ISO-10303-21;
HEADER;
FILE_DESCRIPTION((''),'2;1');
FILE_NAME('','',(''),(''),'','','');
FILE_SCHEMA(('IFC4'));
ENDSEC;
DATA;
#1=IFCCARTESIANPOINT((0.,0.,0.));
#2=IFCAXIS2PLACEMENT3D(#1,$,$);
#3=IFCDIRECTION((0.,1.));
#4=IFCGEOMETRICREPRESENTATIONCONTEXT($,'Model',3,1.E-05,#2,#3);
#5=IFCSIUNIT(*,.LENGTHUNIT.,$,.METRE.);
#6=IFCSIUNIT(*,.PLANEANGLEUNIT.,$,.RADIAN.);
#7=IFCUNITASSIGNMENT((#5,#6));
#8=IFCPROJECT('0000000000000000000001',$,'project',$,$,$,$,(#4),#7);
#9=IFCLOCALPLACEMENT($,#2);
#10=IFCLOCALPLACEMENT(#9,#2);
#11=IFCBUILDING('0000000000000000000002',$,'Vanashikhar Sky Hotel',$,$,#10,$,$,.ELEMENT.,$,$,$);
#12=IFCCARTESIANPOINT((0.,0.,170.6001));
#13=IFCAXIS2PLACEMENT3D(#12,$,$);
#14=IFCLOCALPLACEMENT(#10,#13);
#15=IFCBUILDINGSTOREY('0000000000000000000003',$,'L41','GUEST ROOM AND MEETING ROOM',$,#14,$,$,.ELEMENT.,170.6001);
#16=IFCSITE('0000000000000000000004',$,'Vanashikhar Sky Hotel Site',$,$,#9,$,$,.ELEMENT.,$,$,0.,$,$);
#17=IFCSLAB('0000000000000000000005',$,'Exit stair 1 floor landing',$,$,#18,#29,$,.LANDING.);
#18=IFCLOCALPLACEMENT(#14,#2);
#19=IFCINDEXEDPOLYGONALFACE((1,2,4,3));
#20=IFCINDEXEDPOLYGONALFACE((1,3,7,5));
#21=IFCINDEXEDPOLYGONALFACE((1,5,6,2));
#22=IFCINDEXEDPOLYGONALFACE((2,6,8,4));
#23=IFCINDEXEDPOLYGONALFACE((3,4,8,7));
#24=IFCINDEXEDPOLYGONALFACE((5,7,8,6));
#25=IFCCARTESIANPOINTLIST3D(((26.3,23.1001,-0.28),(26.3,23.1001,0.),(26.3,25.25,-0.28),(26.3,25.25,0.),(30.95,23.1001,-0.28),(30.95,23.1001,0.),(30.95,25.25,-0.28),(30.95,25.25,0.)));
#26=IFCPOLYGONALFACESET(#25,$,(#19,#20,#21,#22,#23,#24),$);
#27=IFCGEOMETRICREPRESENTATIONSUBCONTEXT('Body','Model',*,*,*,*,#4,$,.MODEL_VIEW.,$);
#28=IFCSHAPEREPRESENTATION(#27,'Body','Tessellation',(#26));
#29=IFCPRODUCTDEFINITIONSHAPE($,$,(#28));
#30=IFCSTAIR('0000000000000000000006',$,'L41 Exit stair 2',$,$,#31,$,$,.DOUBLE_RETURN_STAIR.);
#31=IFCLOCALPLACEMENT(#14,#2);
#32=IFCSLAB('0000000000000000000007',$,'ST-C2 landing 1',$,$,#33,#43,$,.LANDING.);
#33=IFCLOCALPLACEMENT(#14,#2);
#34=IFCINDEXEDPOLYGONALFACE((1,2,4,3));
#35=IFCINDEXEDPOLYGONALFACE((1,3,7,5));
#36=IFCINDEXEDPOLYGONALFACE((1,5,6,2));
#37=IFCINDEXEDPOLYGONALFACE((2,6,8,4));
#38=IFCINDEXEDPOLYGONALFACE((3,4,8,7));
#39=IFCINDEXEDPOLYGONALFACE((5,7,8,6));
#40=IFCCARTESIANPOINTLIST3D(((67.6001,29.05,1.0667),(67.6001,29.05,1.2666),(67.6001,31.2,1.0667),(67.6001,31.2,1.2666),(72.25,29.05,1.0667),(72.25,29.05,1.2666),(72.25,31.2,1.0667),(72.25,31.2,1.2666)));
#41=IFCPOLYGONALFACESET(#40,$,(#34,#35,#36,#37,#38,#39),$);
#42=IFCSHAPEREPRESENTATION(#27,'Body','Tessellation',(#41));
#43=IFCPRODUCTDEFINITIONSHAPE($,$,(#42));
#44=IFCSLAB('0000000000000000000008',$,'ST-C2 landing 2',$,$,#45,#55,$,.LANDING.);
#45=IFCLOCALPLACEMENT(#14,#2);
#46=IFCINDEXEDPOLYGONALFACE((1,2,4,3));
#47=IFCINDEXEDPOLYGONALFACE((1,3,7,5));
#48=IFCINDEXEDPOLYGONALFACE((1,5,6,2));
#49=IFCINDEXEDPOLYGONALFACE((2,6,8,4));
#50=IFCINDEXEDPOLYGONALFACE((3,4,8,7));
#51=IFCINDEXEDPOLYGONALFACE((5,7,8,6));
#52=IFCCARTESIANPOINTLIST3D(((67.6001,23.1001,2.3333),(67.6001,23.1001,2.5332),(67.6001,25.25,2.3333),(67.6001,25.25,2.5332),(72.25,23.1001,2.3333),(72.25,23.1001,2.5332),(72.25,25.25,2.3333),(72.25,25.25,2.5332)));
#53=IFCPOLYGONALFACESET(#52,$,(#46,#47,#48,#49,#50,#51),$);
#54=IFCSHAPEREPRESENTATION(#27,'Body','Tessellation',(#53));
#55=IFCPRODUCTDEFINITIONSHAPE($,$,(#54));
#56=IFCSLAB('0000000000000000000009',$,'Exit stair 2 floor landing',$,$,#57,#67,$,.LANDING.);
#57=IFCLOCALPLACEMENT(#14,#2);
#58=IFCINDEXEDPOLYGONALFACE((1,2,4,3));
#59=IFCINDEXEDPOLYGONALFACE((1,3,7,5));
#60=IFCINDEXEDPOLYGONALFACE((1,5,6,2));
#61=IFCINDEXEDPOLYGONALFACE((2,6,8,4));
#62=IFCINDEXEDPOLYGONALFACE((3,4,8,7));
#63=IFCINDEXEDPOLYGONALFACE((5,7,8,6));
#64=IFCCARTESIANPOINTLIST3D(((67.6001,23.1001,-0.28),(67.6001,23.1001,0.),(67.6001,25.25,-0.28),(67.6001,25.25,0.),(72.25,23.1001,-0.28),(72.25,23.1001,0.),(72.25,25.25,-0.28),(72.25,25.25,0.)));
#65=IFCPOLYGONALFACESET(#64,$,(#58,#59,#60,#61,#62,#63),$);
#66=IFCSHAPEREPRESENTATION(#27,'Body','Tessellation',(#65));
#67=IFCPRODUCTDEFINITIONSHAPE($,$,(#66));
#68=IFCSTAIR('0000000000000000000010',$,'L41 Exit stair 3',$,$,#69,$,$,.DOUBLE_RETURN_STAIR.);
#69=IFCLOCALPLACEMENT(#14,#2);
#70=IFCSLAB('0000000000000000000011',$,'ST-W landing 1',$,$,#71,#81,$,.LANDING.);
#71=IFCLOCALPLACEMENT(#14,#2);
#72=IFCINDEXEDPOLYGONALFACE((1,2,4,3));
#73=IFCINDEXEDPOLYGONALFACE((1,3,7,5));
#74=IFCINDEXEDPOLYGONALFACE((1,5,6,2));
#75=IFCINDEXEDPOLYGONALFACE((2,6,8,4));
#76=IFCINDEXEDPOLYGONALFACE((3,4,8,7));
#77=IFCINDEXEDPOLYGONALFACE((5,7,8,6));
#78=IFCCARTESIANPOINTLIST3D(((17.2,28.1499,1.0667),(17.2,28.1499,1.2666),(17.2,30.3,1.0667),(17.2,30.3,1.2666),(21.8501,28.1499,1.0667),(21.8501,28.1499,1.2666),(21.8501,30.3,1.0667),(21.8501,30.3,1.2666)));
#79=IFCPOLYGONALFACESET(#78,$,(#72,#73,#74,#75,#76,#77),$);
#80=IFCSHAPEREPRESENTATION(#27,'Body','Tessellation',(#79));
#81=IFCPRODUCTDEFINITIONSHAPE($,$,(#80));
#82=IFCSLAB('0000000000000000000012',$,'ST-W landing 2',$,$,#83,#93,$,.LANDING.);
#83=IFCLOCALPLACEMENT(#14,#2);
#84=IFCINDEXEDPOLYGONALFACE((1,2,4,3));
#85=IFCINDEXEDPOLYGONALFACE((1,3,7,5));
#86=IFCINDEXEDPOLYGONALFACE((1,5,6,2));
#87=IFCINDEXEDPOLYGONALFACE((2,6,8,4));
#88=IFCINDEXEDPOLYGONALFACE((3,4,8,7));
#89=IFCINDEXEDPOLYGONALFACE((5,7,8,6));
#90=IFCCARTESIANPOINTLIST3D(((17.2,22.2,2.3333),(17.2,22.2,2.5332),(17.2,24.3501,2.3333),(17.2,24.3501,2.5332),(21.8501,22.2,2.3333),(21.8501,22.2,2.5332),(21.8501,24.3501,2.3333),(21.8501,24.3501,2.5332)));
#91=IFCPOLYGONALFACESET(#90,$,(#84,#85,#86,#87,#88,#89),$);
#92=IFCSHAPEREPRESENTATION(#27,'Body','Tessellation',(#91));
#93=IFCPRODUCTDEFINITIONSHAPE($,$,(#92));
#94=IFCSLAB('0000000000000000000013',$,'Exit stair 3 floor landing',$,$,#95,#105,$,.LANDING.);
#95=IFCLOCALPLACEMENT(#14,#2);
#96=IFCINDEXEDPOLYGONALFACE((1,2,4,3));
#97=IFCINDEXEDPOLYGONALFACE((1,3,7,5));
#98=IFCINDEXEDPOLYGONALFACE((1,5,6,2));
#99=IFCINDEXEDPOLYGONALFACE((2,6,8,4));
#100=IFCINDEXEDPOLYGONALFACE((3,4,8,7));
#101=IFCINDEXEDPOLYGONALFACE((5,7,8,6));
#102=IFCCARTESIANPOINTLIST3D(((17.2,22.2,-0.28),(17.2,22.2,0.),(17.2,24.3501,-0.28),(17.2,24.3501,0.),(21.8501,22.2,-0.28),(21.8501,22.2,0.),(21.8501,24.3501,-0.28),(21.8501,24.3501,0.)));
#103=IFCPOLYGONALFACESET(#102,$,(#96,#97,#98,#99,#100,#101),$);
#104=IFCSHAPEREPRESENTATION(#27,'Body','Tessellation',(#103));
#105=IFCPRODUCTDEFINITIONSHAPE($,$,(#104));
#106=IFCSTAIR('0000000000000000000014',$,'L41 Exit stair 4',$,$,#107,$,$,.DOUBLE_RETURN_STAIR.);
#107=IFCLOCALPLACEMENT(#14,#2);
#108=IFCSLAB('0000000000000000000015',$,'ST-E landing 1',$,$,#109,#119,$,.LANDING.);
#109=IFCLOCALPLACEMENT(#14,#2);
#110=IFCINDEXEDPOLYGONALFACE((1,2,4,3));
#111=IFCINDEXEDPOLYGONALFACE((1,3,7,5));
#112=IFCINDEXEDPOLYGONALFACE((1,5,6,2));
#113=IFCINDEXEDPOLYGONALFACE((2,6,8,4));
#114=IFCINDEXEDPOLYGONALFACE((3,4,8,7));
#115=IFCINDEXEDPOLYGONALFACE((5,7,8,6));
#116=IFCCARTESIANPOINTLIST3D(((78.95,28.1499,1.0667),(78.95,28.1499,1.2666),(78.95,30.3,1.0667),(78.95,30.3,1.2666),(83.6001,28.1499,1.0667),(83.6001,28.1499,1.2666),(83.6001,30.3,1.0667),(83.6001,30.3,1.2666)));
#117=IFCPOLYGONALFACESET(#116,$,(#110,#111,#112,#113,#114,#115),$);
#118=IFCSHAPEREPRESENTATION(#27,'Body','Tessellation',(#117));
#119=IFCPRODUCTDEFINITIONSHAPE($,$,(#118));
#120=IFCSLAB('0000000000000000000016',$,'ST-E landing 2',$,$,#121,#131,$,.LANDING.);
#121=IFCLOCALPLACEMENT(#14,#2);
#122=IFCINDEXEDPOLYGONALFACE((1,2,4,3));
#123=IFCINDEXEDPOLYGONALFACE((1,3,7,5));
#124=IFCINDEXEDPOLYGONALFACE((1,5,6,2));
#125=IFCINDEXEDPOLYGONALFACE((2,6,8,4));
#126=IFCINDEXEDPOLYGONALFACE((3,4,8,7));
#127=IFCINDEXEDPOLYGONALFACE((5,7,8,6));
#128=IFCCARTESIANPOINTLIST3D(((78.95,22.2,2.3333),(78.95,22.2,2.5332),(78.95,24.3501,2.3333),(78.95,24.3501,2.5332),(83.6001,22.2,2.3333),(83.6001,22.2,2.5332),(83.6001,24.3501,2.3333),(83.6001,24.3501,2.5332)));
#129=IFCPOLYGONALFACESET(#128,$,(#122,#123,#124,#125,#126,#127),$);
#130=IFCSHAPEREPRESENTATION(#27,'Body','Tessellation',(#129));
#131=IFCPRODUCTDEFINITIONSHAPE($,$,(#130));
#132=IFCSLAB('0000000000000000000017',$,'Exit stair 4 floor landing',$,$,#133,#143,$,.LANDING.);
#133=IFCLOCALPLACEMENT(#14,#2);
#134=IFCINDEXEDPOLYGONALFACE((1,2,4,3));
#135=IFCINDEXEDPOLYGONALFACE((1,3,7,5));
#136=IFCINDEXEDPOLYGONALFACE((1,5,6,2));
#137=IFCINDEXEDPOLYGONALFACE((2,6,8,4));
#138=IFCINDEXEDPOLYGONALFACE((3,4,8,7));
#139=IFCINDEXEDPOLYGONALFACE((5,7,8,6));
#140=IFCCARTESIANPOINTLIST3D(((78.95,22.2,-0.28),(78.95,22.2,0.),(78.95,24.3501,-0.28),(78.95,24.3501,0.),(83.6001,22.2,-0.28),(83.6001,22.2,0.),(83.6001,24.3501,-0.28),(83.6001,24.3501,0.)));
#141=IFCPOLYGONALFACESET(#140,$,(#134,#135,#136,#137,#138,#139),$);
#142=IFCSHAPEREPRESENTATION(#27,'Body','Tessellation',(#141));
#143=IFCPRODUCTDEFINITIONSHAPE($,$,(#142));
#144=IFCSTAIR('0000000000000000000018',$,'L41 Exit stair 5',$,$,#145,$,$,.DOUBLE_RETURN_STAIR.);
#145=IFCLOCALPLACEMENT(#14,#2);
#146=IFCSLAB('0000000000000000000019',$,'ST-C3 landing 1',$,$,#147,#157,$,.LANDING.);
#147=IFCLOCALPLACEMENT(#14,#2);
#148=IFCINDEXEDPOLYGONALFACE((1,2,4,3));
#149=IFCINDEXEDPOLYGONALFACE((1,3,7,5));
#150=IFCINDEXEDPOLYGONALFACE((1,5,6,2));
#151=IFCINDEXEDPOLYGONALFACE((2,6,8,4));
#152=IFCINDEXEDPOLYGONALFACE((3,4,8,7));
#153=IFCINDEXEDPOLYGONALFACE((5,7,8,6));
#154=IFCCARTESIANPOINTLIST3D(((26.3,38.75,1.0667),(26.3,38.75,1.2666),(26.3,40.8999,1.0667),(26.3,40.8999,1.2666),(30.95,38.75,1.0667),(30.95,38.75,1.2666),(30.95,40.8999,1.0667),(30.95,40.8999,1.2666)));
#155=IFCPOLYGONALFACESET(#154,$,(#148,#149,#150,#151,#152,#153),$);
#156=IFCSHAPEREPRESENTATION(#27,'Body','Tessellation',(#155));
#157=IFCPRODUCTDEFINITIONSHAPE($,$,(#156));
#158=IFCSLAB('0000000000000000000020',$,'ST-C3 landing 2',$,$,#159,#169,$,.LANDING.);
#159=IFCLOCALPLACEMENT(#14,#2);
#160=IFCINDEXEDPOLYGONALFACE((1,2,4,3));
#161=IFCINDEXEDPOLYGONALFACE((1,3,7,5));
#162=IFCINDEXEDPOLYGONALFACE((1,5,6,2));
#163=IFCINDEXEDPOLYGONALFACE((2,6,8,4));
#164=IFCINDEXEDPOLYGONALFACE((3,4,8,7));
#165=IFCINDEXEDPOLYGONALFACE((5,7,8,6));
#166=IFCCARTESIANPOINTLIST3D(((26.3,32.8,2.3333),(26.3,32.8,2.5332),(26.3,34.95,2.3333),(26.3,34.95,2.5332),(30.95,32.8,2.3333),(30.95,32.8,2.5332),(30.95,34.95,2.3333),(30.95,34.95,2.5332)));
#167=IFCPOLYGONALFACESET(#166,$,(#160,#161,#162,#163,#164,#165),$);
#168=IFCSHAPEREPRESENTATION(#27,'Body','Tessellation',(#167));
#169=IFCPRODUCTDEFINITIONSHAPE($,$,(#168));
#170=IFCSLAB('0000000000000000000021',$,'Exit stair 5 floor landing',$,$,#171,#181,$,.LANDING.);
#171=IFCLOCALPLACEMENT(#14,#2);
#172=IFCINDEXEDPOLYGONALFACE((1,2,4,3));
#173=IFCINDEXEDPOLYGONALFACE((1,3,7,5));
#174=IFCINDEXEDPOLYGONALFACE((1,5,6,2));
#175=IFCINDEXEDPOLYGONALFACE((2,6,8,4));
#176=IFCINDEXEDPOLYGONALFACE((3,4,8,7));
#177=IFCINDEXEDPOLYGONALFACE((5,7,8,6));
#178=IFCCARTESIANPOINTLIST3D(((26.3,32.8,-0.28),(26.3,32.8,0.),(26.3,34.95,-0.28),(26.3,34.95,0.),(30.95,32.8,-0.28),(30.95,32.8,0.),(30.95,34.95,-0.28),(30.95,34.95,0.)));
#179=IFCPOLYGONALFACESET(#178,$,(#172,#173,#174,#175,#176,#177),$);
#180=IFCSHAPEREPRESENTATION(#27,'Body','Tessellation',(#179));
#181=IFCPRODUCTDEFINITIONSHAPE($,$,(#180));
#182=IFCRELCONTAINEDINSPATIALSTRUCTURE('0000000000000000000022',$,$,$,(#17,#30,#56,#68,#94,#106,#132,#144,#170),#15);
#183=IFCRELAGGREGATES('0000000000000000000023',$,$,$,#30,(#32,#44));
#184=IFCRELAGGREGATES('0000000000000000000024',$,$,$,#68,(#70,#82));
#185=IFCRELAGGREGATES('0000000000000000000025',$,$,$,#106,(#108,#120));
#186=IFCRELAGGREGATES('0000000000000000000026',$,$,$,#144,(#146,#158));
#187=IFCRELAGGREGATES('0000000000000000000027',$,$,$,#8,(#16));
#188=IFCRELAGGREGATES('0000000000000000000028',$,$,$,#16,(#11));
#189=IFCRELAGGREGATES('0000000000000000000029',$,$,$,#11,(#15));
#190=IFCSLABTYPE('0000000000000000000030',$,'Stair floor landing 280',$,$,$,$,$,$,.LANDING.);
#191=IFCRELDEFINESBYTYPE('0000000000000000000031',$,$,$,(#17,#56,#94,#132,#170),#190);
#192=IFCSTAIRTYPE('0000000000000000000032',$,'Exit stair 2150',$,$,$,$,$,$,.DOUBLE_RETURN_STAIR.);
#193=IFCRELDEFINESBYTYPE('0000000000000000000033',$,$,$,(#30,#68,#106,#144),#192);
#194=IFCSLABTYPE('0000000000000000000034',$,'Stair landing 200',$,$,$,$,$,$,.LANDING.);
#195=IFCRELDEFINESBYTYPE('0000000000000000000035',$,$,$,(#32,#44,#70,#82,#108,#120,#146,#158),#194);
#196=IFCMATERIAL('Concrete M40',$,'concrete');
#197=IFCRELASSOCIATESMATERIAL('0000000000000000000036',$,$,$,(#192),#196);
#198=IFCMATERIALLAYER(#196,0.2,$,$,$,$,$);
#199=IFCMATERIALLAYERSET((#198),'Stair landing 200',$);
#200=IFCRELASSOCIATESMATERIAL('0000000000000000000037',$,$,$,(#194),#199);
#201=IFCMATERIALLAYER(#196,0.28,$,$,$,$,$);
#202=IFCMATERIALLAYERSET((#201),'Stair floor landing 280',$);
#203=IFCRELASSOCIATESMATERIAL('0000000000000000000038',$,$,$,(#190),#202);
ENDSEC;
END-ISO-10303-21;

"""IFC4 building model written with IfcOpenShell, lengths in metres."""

from ifc_helpers import new_model, si_unit, direction, frame, origin, place, context, subcontext, project, spatial, polyline, outline, extrude, source, transform, mapped, material, layer, layer_set, type_object, element, aggregate, save


model = new_model("IFC4")

# Units and contexts
model_context = context("Model", 3, precision=1e-05, world=origin(), true_north=direction((0.0, 1.0)))
body_context = subcontext(model_context, "Body", "Model", "MODEL_VIEW")
ifc_project = project(units=[si_unit("LENGTHUNIT", "METRE"), si_unit("PLANEANGLEUNIT", "RADIAN")], contexts=[model_context])

# Site, building, storey
site_placement = place(None, origin())
site = spatial("IfcSite", under=ifc_project, at=site_placement, Name="Vanashikhar Sky Hotel Site", CompositionType="ELEMENT", RefElevation=0.0)
building_placement = place(site_placement, origin())
building = spatial("IfcBuilding", under=site, at=building_placement, Name="Vanashikhar Sky Hotel", CompositionType="ELEMENT")
storey_placement = place(building_placement, frame((0.0, 0.0, 170.6001)))
storey = spatial("IfcBuildingStorey", under=building, at=storey_placement, Name="L41", Description="GUEST ROOM AND MEETING ROOM", CompositionType="ELEMENT", Elevation=170.6001)

# Shared definitions
ifc_material = material(Name="Concrete M40", Category="concrete")

# Shared definitions
stair_type = type_object("IfcStairType", Name="Exit stair 2150", PredefinedType="DOUBLE_RETURN_STAIR", material=ifc_material)
ifc_layer_1 = layer(ifc_material, 0.2)
ifc_layer_set_1 = layer_set([ifc_layer_1], Name="Stair landing 200")
slab_type_1 = type_object("IfcSlabType", Name="Stair landing 200", PredefinedType="LANDING", material=ifc_layer_set_1)

# Slab
ifc_layer_2 = layer(ifc_material, 0.28)
ifc_layer_set_2 = layer_set([ifc_layer_2], Name="Stair floor landing 280")
slab_type_2 = type_object("IfcSlabType", Name="Stair floor landing 280", PredefinedType="LANDING", material=ifc_layer_set_2)
shared_shape_1 = source(origin(), body_context, "Body", "SweptSolid", [
    extrude(outline(polyline([(30.95, 23.1001), (30.95, 25.25), (26.3, 25.25), (26.3, 23.1001), (30.95, 23.1001)])), origin(), (0.0, 0.0, 1.0), 0.28),
])
slab_1_placement = place(storey_placement, frame((0.0, 0.0, -0.28)))
element("IfcSlab", 1, at=slab_1_placement, inside=storey, type_object=slab_type_2, Name="Exit stair 1 floor landing", PredefinedType="LANDING", context=body_context, shape_type="MappedRepresentation", body=[
    mapped(shared_shape_1, transform((0.0, 0.0, 0.0), scale=1.0)),
])

# Stair, slabs
stair_1_placement = place(storey_placement, origin())
stair_1 = element("IfcStair", 2, at=stair_1_placement, inside=storey, type_object=stair_type, Name="L41 Exit stair 2", PredefinedType="DOUBLE_RETURN_STAIR")
shared_shape_2 = source(origin(), body_context, "Body", "SweptSolid", [
    extrude(outline(polyline([(72.25, 29.05), (72.25, 31.2), (67.6001, 31.2), (67.6001, 29.05), (72.25, 29.05)])), origin(), (0.0, 0.0, 1.0), 0.2),
])
slab_2_placement = place(storey_placement, frame((0.0, 0.0, 1.0667)))
slab_2 = element("IfcSlab", 3, at=slab_2_placement, type_object=slab_type_1, Name="ST-C2 landing 1", PredefinedType="LANDING", context=body_context, shape_type="MappedRepresentation", body=[
    mapped(shared_shape_2, transform((0.0, 0.0, 0.0), scale=1.0)),
])
shared_shape_3 = source(origin(), body_context, "Body", "SweptSolid", [
    extrude(outline(polyline([(72.25, 23.1001), (72.25, 25.25), (67.6001, 25.25), (67.6001, 23.1001), (72.25, 23.1001)])), origin(), (0.0, 0.0, 1.0), 0.2),
])
slab_3_placement = place(storey_placement, frame((0.0, 0.0, 2.3333)))
slab_3 = element("IfcSlab", 4, at=slab_3_placement, type_object=slab_type_1, Name="ST-C2 landing 2", PredefinedType="LANDING", context=body_context, shape_type="MappedRepresentation", body=[
    mapped(shared_shape_3, transform((0.0, 0.0, 0.0), scale=1.0)),
])
aggregate(stair_1, [slab_2, slab_3])

# Slab
shared_shape_4 = source(origin(), body_context, "Body", "SweptSolid", [
    extrude(outline(polyline([(72.25, 23.1001), (72.25, 25.25), (67.6001, 25.25), (67.6001, 23.1001), (72.25, 23.1001)])), origin(), (0.0, 0.0, 1.0), 0.28),
])
slab_4_placement = place(storey_placement, frame((0.0, 0.0, -0.28)))
element("IfcSlab", 5, at=slab_4_placement, inside=storey, type_object=slab_type_2, Name="Exit stair 2 floor landing", PredefinedType="LANDING", context=body_context, shape_type="MappedRepresentation", body=[
    mapped(shared_shape_4, transform((0.0, 0.0, 0.0), scale=1.0)),
])

# Stair, slabs
stair_2_placement = place(storey_placement, origin())
stair_2 = element("IfcStair", 6, at=stair_2_placement, inside=storey, type_object=stair_type, Name="L41 Exit stair 3", PredefinedType="DOUBLE_RETURN_STAIR")
shared_shape_5 = source(origin(), body_context, "Body", "SweptSolid", [
    extrude(outline(polyline([(21.8501, 28.1499), (21.8501, 30.3), (17.2, 30.3), (17.2, 28.1499), (21.8501, 28.1499)])), origin(), (0.0, 0.0, 1.0), 0.2),
])
slab_5_placement = place(storey_placement, frame((0.0, 0.0, 1.0667)))
slab_5 = element("IfcSlab", 7, at=slab_5_placement, type_object=slab_type_1, Name="ST-W landing 1", PredefinedType="LANDING", context=body_context, shape_type="MappedRepresentation", body=[
    mapped(shared_shape_5, transform((0.0, 0.0, 0.0), scale=1.0)),
])
shared_shape_6 = source(origin(), body_context, "Body", "SweptSolid", [
    extrude(outline(polyline([(21.8501, 22.2), (21.8501, 24.3501), (17.2, 24.3501), (17.2, 22.2), (21.8501, 22.2)])), origin(), (0.0, 0.0, 1.0), 0.2),
])
slab_6_placement = place(storey_placement, frame((0.0, 0.0, 2.3333)))
slab_6 = element("IfcSlab", 8, at=slab_6_placement, type_object=slab_type_1, Name="ST-W landing 2", PredefinedType="LANDING", context=body_context, shape_type="MappedRepresentation", body=[
    mapped(shared_shape_6, transform((0.0, 0.0, 0.0), scale=1.0)),
])
aggregate(stair_2, [slab_5, slab_6])

# Slab
shared_shape_7 = source(origin(), body_context, "Body", "SweptSolid", [
    extrude(outline(polyline([(21.8501, 22.2), (21.8501, 24.3501), (17.2, 24.3501), (17.2, 22.2), (21.8501, 22.2)])), origin(), (0.0, 0.0, 1.0), 0.28),
])
slab_7_placement = place(storey_placement, frame((0.0, 0.0, -0.28)))
element("IfcSlab", 9, at=slab_7_placement, inside=storey, type_object=slab_type_2, Name="Exit stair 3 floor landing", PredefinedType="LANDING", context=body_context, shape_type="MappedRepresentation", body=[
    mapped(shared_shape_7, transform((0.0, 0.0, 0.0), scale=1.0)),
])

# Stair, slabs
stair_3_placement = place(storey_placement, origin())
stair_3 = element("IfcStair", 10, at=stair_3_placement, inside=storey, type_object=stair_type, Name="L41 Exit stair 4", PredefinedType="DOUBLE_RETURN_STAIR")
shared_shape_8 = source(origin(), body_context, "Body", "SweptSolid", [
    extrude(outline(polyline([(83.6001, 28.1499), (83.6001, 30.3), (78.95, 30.3), (78.95, 28.1499), (83.6001, 28.1499)])), origin(), (0.0, 0.0, 1.0), 0.2),
])
slab_8_placement = place(storey_placement, frame((0.0, 0.0, 1.0667)))
slab_8 = element("IfcSlab", 11, at=slab_8_placement, type_object=slab_type_1, Name="ST-E landing 1", PredefinedType="LANDING", context=body_context, shape_type="MappedRepresentation", body=[
    mapped(shared_shape_8, transform((0.0, 0.0, 0.0), scale=1.0)),
])
shared_shape_9 = source(origin(), body_context, "Body", "SweptSolid", [
    extrude(outline(polyline([(83.6001, 22.2), (83.6001, 24.3501), (78.95, 24.3501), (78.95, 22.2), (83.6001, 22.2)])), origin(), (0.0, 0.0, 1.0), 0.2),
])
slab_9_placement = place(storey_placement, frame((0.0, 0.0, 2.3333)))
slab_9 = element("IfcSlab", 12, at=slab_9_placement, type_object=slab_type_1, Name="ST-E landing 2", PredefinedType="LANDING", context=body_context, shape_type="MappedRepresentation", body=[
    mapped(shared_shape_9, transform((0.0, 0.0, 0.0), scale=1.0)),
])
aggregate(stair_3, [slab_8, slab_9])

# Slab
shared_shape_10 = source(origin(), body_context, "Body", "SweptSolid", [
    extrude(outline(polyline([(83.6001, 22.2), (83.6001, 24.3501), (78.95, 24.3501), (78.95, 22.2), (83.6001, 22.2)])), origin(), (0.0, 0.0, 1.0), 0.28),
])
slab_10_placement = place(storey_placement, frame((0.0, 0.0, -0.28)))
element("IfcSlab", 13, at=slab_10_placement, inside=storey, type_object=slab_type_2, Name="Exit stair 4 floor landing", PredefinedType="LANDING", context=body_context, shape_type="MappedRepresentation", body=[
    mapped(shared_shape_10, transform((0.0, 0.0, 0.0), scale=1.0)),
])

# Stair, slabs
stair_4_placement = place(storey_placement, origin())
stair_4 = element("IfcStair", 14, at=stair_4_placement, inside=storey, type_object=stair_type, Name="L41 Exit stair 5", PredefinedType="DOUBLE_RETURN_STAIR")
shared_shape_11 = source(origin(), body_context, "Body", "SweptSolid", [
    extrude(outline(polyline([(30.95, 38.75), (30.95, 40.8999), (26.3, 40.8999), (26.3, 38.75), (30.95, 38.75)])), origin(), (0.0, 0.0, 1.0), 0.2),
])
slab_11_placement = place(storey_placement, frame((0.0, 0.0, 1.0667)))
slab_11 = element("IfcSlab", 15, at=slab_11_placement, type_object=slab_type_1, Name="ST-C3 landing 1", PredefinedType="LANDING", context=body_context, shape_type="MappedRepresentation", body=[
    mapped(shared_shape_11, transform((0.0, 0.0, 0.0), scale=1.0)),
])
shared_shape_12 = source(origin(), body_context, "Body", "SweptSolid", [
    extrude(outline(polyline([(30.95, 32.8), (30.95, 34.95), (26.3, 34.95), (26.3, 32.8), (30.95, 32.8)])), origin(), (0.0, 0.0, 1.0), 0.2),
])
slab_12_placement = place(storey_placement, frame((0.0, 0.0, 2.3333)))
slab_12 = element("IfcSlab", 16, at=slab_12_placement, type_object=slab_type_1, Name="ST-C3 landing 2", PredefinedType="LANDING", context=body_context, shape_type="MappedRepresentation", body=[
    mapped(shared_shape_12, transform((0.0, 0.0, 0.0), scale=1.0)),
])
aggregate(stair_4, [slab_11, slab_12])

# Slab
shared_shape_13 = source(origin(), body_context, "Body", "SweptSolid", [
    extrude(outline(polyline([(30.95, 32.8), (30.95, 34.95), (26.3, 34.95), (26.3, 32.8), (30.95, 32.8)])), origin(), (0.0, 0.0, 1.0), 0.28),
])
slab_13_placement = place(storey_placement, frame((0.0, 0.0, -0.28)))
element("IfcSlab", 17, at=slab_13_placement, inside=storey, type_object=slab_type_2, Name="Exit stair 5 floor landing", PredefinedType="LANDING", context=body_context, shape_type="MappedRepresentation", body=[
    mapped(shared_shape_13, transform((0.0, 0.0, 0.0), scale=1.0)),
])

save(model, "model.ifc")
